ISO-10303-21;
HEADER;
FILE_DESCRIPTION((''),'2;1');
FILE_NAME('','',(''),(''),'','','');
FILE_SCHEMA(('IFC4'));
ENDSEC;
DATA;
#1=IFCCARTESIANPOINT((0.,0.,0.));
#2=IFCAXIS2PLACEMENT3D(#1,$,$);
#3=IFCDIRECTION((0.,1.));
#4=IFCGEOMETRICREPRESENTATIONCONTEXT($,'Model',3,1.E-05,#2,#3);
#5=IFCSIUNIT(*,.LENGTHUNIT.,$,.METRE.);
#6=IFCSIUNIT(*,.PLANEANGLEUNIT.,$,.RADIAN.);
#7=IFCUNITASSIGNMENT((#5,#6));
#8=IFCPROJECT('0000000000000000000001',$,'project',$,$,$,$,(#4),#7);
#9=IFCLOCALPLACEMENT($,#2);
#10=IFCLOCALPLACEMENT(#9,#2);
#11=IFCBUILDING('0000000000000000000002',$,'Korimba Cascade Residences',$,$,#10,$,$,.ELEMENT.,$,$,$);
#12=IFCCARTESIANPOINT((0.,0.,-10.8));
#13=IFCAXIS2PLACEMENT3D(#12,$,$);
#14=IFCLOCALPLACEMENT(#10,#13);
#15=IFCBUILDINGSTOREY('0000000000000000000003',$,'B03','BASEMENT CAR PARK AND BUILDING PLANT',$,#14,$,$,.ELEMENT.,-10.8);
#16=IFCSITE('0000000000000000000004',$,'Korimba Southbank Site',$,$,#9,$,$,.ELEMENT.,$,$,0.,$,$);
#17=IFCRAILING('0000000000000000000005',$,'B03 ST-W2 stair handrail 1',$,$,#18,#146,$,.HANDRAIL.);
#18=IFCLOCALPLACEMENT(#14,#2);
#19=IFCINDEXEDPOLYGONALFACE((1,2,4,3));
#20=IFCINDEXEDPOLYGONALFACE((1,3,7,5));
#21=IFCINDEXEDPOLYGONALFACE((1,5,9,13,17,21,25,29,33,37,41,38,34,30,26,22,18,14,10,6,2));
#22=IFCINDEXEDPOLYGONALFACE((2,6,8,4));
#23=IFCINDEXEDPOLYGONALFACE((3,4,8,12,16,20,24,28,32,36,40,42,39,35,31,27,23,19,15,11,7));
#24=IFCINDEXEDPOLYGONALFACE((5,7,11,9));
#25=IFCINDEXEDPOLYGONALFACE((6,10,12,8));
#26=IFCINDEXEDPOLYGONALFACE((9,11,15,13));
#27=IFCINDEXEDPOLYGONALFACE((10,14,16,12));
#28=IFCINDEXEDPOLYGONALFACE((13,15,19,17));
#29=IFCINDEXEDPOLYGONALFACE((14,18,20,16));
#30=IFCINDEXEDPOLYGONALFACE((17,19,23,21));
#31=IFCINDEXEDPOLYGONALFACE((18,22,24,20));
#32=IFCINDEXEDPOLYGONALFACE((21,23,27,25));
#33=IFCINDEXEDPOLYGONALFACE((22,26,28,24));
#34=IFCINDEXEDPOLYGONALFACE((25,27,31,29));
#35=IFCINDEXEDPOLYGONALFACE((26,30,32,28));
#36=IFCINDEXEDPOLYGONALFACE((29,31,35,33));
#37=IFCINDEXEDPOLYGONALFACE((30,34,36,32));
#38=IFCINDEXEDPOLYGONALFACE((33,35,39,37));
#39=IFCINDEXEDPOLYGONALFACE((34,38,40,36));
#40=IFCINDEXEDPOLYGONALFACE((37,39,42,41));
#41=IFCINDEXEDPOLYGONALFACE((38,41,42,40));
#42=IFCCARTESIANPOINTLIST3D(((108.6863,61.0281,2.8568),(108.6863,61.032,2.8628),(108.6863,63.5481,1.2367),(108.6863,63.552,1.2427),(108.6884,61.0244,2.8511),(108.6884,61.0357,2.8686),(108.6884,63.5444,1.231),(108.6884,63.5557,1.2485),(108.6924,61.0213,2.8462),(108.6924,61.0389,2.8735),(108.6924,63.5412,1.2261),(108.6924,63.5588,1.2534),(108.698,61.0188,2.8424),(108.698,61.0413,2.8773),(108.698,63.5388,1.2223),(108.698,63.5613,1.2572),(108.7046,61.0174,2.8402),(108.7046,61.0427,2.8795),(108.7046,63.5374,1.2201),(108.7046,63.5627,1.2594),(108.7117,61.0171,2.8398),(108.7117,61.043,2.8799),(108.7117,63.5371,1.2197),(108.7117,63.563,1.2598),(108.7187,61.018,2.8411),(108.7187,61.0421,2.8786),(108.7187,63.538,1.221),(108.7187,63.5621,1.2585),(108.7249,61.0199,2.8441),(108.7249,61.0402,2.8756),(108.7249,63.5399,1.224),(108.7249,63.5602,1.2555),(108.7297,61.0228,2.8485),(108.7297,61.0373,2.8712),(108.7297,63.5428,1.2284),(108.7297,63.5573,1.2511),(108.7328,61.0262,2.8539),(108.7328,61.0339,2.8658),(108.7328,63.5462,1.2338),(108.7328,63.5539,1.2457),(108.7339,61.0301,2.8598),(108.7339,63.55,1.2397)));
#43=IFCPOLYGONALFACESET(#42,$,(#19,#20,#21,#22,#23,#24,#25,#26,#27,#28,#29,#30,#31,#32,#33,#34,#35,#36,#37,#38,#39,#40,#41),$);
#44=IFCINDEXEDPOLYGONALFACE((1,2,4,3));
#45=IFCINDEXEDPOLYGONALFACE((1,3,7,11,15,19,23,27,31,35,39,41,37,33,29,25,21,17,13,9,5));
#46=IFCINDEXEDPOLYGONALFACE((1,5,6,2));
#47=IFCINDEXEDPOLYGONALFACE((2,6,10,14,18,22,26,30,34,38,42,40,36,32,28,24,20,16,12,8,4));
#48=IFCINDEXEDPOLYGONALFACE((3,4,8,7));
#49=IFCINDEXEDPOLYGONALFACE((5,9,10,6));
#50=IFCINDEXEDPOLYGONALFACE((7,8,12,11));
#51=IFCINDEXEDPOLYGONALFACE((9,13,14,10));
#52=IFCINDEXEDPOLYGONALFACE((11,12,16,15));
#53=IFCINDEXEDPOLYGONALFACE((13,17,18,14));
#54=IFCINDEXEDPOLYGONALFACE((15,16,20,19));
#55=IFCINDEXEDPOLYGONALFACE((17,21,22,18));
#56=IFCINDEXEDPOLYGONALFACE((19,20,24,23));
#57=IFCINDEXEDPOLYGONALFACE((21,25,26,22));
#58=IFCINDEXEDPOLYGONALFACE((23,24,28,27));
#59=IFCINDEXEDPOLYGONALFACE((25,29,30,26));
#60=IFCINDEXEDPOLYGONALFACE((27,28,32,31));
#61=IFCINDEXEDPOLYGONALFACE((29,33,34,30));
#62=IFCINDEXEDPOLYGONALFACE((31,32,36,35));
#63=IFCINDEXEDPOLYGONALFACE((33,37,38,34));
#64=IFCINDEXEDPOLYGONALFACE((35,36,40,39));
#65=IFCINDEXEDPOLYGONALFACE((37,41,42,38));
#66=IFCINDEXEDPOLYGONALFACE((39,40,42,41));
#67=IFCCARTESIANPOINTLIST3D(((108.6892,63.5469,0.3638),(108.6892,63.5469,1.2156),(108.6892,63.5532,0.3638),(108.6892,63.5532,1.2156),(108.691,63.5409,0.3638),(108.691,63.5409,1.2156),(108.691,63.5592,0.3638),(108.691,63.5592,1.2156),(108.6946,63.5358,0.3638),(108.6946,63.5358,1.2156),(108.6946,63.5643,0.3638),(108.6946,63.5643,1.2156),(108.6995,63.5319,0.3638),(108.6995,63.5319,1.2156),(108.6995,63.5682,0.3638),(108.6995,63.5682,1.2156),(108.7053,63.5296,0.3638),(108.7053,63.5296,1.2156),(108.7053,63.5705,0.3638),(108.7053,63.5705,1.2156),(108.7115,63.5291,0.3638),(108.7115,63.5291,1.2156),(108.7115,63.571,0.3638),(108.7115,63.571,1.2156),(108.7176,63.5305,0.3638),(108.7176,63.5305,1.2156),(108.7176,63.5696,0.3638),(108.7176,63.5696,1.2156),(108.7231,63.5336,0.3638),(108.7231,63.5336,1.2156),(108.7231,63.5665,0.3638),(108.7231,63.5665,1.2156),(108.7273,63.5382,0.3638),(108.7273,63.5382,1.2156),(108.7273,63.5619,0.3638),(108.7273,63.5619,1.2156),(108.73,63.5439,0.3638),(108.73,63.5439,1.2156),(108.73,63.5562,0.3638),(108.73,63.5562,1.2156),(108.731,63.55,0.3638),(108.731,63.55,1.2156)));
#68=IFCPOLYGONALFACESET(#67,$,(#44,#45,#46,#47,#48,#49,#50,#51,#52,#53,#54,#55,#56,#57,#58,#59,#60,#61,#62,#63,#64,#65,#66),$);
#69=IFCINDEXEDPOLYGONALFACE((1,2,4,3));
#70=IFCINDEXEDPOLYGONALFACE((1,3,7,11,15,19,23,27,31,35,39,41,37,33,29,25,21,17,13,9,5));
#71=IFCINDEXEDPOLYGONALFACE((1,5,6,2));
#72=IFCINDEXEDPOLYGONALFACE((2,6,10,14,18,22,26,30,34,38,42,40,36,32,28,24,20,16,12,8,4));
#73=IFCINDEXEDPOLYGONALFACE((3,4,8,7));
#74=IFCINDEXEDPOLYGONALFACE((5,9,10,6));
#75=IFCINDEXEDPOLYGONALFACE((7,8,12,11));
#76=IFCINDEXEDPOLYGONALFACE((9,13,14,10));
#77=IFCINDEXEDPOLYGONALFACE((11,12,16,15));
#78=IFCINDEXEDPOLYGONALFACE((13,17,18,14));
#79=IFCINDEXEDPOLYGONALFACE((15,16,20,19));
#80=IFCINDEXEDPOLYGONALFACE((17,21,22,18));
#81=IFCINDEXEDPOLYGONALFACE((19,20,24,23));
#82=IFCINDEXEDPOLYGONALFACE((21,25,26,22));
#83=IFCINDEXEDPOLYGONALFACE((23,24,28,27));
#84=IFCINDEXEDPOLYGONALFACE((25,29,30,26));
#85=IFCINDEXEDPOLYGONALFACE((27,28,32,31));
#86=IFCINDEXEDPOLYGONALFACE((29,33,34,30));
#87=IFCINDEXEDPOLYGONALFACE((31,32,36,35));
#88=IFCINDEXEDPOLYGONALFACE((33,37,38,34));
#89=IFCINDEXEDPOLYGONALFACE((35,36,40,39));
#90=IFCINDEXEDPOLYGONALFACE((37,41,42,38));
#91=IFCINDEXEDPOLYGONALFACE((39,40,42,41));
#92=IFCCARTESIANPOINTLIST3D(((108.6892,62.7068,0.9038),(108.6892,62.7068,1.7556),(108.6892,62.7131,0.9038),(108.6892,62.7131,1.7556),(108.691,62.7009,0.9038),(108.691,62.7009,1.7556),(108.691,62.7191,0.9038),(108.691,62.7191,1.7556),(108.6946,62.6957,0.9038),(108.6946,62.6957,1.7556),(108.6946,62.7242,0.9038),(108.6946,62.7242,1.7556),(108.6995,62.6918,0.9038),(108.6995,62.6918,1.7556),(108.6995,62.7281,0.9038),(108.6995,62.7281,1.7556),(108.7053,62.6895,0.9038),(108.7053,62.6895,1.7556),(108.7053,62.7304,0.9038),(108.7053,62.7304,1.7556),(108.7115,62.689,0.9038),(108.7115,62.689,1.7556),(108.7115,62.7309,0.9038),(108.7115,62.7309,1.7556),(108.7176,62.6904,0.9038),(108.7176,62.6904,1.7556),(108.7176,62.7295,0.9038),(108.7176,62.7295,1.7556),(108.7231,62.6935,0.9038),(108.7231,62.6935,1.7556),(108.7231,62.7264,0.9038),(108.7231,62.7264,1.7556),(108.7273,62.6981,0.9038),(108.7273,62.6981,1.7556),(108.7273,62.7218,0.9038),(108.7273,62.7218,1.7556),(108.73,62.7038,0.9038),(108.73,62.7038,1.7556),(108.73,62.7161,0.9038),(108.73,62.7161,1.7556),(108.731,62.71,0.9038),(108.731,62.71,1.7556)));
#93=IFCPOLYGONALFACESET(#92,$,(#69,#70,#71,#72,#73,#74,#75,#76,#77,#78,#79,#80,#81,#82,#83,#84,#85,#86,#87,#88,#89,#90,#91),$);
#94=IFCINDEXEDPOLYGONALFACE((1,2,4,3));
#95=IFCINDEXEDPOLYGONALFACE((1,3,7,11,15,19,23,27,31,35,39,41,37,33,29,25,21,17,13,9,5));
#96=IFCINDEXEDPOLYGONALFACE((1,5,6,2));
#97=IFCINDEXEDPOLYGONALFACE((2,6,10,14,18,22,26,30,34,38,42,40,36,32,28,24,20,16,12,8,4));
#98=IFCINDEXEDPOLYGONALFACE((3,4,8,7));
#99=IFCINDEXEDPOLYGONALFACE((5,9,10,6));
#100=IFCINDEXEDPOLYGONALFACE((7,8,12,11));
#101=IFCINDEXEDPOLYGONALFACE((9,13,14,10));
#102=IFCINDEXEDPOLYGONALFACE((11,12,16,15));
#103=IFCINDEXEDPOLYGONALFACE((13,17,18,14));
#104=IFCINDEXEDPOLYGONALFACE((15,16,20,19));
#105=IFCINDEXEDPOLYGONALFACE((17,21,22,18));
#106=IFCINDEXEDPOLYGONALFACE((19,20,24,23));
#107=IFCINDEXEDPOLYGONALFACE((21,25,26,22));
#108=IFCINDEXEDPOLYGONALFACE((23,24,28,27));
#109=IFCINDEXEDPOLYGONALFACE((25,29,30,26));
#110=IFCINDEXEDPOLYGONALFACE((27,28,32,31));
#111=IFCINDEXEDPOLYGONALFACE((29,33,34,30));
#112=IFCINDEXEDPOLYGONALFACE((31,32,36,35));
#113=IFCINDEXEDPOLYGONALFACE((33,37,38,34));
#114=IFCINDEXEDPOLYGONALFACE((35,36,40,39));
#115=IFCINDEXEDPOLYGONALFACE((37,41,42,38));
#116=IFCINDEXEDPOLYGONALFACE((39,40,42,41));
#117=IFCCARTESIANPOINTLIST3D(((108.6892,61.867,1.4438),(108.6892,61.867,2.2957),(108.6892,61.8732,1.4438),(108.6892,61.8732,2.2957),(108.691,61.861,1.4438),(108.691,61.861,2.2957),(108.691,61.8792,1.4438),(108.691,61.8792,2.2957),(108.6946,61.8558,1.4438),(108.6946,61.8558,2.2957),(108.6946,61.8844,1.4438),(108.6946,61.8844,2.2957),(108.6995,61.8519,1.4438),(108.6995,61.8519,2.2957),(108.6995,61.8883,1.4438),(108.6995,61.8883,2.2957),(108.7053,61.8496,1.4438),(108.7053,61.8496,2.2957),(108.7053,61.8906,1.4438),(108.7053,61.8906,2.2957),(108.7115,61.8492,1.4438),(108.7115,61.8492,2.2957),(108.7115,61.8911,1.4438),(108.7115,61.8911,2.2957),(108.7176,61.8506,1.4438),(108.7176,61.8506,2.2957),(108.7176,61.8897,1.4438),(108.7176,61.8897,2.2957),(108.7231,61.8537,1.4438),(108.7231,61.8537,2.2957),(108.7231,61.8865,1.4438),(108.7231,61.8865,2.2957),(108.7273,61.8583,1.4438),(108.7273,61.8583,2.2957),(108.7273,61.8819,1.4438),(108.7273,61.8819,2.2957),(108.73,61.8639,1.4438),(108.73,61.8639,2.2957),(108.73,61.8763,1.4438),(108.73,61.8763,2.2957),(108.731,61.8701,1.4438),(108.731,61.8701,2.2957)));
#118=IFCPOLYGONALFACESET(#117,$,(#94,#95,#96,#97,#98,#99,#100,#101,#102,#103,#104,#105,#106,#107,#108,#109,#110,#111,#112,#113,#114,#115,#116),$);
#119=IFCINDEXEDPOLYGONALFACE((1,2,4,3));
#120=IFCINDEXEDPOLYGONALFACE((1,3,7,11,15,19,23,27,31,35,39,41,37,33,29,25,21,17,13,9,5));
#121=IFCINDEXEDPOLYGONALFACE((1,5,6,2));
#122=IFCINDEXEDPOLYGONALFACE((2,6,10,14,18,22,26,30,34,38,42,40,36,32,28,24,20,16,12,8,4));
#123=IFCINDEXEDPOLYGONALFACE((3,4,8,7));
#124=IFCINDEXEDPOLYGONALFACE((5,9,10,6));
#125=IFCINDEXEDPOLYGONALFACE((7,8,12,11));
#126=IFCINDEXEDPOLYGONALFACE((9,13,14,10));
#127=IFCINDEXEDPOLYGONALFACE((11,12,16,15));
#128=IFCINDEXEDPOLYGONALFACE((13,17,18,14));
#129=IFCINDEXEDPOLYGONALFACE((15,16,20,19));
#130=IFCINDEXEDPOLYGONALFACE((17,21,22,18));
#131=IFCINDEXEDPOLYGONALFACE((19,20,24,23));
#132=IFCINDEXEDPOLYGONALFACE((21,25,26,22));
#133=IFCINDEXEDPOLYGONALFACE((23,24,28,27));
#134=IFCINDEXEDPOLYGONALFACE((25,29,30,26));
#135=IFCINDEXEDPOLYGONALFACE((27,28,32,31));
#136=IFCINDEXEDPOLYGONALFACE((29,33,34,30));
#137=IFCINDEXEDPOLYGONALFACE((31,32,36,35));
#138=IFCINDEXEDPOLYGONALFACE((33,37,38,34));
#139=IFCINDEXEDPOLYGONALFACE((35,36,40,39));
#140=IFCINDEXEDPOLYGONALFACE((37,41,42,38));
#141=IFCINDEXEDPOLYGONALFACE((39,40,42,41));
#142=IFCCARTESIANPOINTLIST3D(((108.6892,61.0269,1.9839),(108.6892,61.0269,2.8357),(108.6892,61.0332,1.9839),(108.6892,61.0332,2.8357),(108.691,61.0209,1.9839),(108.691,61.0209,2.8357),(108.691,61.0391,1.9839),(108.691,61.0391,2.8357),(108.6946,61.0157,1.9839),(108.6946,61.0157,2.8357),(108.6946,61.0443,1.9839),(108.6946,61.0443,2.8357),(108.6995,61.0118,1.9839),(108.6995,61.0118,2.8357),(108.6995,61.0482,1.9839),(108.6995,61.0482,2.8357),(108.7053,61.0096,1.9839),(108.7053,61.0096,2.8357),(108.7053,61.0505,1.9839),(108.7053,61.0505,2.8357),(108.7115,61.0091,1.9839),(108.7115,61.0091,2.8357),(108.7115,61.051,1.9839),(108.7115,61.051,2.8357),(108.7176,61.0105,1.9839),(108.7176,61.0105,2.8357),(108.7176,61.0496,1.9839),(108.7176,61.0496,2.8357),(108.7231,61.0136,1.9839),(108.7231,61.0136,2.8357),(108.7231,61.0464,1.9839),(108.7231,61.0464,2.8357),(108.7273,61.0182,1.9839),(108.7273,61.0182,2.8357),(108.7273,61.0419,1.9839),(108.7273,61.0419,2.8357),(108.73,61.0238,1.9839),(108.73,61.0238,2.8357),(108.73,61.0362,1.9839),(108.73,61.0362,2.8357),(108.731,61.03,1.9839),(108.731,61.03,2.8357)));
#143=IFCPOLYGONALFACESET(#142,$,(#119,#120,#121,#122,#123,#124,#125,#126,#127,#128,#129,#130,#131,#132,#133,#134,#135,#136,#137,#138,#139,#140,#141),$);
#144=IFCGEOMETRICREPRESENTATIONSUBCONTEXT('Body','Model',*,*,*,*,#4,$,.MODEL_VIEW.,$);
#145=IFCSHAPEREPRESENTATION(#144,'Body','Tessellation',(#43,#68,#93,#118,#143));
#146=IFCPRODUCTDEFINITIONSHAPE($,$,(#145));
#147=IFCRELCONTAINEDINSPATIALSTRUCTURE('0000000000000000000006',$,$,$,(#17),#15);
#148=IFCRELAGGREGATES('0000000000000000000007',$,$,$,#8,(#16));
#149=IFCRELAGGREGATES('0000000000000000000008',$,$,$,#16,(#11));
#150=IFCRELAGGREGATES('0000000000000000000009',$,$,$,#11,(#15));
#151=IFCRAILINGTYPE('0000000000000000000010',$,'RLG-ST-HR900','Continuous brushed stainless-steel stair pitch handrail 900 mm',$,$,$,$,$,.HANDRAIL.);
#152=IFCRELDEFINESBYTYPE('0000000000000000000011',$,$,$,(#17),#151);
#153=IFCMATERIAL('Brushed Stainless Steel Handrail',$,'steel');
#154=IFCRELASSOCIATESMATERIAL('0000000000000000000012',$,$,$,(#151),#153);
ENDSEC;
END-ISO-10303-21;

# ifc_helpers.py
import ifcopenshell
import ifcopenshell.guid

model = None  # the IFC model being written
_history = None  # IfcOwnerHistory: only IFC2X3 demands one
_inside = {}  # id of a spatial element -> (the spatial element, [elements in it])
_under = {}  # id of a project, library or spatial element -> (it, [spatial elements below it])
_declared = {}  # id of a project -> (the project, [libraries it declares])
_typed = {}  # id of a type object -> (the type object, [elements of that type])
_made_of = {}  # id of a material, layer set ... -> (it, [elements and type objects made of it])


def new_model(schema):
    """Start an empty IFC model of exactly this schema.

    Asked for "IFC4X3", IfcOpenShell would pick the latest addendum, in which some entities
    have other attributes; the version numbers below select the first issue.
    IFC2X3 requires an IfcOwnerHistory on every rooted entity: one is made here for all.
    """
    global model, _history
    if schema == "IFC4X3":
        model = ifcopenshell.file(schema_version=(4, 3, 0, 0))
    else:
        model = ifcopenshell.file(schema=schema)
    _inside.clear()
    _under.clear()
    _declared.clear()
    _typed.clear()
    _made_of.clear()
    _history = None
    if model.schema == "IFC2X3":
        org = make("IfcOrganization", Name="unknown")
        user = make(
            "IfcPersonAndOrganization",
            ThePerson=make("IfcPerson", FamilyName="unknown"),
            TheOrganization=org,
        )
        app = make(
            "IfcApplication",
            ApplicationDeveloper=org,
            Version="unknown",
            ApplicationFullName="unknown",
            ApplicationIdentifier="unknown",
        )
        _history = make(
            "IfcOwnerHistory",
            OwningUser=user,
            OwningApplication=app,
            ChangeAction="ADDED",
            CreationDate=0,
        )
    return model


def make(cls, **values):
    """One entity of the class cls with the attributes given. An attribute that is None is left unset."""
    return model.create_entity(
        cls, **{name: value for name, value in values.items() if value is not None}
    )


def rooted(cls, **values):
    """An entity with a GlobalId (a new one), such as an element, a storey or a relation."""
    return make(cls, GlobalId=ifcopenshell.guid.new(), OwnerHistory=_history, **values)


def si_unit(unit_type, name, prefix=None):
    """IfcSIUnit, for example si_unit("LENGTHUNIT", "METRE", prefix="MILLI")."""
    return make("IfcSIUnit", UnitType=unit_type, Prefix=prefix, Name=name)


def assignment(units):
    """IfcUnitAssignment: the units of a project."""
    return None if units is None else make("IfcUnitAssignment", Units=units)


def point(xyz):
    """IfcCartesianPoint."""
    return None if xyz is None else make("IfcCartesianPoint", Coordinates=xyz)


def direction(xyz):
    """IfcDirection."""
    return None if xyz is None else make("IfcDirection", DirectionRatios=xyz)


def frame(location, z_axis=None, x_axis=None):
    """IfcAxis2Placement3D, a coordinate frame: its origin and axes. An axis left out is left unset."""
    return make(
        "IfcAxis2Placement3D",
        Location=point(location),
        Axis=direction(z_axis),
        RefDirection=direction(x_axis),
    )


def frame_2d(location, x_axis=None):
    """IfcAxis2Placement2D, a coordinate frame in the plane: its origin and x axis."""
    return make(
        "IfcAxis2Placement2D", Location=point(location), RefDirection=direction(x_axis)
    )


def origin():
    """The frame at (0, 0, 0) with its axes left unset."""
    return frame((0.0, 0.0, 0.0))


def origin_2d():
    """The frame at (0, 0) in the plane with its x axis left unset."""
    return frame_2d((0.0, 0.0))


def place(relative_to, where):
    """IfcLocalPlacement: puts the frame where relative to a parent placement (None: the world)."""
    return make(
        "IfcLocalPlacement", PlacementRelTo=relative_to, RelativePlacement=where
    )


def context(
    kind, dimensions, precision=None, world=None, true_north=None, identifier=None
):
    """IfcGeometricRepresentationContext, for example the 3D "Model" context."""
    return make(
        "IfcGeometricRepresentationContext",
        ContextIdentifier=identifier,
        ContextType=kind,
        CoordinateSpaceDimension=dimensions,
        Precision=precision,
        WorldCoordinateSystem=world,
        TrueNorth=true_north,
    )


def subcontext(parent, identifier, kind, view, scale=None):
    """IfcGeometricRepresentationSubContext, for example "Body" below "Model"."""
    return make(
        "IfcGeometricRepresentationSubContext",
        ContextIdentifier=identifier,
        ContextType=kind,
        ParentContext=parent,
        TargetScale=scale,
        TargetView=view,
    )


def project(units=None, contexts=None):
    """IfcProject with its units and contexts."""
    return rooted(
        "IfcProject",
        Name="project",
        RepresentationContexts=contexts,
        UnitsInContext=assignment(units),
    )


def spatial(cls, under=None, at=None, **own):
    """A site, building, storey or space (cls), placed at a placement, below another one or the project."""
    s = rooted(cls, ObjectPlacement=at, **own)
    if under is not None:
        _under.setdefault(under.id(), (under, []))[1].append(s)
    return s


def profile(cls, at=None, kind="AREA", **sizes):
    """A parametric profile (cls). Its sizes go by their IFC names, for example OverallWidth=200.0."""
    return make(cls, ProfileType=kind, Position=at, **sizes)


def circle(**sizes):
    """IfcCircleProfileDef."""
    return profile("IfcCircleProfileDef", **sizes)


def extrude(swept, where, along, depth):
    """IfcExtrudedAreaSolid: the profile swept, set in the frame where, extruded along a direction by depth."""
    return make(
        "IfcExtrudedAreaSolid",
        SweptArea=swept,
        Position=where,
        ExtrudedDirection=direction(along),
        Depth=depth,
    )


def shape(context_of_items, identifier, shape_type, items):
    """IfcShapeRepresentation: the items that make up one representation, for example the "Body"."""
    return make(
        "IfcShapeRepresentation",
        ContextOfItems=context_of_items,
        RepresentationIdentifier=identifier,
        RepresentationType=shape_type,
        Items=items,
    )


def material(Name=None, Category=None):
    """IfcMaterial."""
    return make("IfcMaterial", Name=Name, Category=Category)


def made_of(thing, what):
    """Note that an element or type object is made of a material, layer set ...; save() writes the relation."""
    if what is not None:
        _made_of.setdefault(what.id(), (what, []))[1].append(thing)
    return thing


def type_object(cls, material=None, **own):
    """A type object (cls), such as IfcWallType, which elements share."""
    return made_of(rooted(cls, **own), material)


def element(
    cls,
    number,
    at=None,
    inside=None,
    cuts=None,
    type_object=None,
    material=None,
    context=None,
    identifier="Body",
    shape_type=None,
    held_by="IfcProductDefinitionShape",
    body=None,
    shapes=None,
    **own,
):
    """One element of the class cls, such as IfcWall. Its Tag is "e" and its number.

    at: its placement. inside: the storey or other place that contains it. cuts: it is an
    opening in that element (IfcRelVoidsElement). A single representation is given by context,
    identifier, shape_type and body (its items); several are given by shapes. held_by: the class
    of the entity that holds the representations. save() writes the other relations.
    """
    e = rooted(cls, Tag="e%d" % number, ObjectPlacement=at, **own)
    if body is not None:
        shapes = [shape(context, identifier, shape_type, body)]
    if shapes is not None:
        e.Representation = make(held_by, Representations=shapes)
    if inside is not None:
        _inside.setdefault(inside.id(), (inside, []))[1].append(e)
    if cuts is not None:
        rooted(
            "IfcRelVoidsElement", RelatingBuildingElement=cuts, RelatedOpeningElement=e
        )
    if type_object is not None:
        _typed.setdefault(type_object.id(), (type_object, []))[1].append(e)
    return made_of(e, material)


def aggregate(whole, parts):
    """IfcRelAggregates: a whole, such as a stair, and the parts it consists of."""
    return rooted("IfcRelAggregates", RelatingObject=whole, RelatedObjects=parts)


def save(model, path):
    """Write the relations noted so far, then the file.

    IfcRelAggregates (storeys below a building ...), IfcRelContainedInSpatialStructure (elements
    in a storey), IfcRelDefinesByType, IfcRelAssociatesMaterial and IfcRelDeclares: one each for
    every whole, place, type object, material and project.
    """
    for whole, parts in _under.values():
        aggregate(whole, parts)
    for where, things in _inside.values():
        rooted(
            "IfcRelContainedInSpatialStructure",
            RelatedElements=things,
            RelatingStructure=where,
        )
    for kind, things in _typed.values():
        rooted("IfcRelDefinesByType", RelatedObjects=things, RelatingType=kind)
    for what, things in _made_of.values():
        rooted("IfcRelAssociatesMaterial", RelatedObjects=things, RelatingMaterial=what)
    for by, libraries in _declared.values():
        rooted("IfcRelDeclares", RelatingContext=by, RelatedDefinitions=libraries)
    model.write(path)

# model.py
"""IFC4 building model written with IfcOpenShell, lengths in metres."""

from ifc_helpers import new_model, si_unit, direction, frame, origin, origin_2d, place, context, subcontext, project, spatial, circle, extrude, material, type_object, element, save


model = new_model("IFC4")

# Units and contexts
model_context = context("Model", 3, precision=1e-05, world=origin(), true_north=direction((0.0, 1.0)))
body_context = subcontext(model_context, "Body", "Model", "MODEL_VIEW")
ifc_project = project(units=[si_unit("LENGTHUNIT", "METRE"), si_unit("PLANEANGLEUNIT", "RADIAN")], contexts=[model_context])

# Site, building, storey
site_placement = place(None, origin())
site = spatial("IfcSite", under=ifc_project, at=site_placement, Name="Korimba Southbank Site", CompositionType="ELEMENT", RefElevation=0.0)
building_placement = place(site_placement, origin())
building = spatial("IfcBuilding", under=site, at=building_placement, Name="Korimba Cascade Residences", CompositionType="ELEMENT")
storey_placement = place(building_placement, frame((0.0, 0.0, -10.8)))
storey = spatial("IfcBuildingStorey", under=building, at=storey_placement, Name="B03", Description="BASEMENT CAR PARK AND BUILDING PLANT", CompositionType="ELEMENT", Elevation=-10.8)

# Railing
ifc_material_1 = material(Name="Brushed Stainless Steel Handrail", Category="steel")
railing_type_1 = type_object("IfcRailingType", Name="RLG-ST-HR900", Description="Continuous brushed stainless-steel stair pitch handrail 900 mm", PredefinedType="HANDRAIL", material=ifc_material_1)
railing_1_placement = place(storey_placement, frame((108.71, 63.55, 0.3638)))
element("IfcRailing", 1, at=railing_1_placement, inside=storey, type_object=railing_type_1, Name="B03 ST-W2 stair handrail 1", PredefinedType="HANDRAIL", context=body_context, shape_type="SweptSolid", body=[
    extrude(circle(Radius=0.0239, at=origin_2d()), frame((0.0, 0.0, 0.876), z_axis=(0.0, -0.841163, 0.540782), x_axis=(1.0, 0.0, 0.0)), (0.0, 0.0, 1.0), 2.9958),
    extrude(circle(Radius=0.021, at=origin_2d()), origin(), (0.0, 0.0, 1.0), 0.8518),
    extrude(circle(Radius=0.021, at=origin_2d()), frame((0.0, -0.8401, 0.54)), (0.0, 0.0, 1.0), 0.8518),
    extrude(circle(Radius=0.021, at=origin_2d()), frame((0.0, -1.6799, 1.0801)), (0.0, 0.0, 1.0), 0.8518),
    extrude(circle(Radius=0.021, at=origin_2d()), frame((0.0, -2.52, 1.6201)), (0.0, 0.0, 1.0), 0.8518),
])

save(model, "model.ifc")
